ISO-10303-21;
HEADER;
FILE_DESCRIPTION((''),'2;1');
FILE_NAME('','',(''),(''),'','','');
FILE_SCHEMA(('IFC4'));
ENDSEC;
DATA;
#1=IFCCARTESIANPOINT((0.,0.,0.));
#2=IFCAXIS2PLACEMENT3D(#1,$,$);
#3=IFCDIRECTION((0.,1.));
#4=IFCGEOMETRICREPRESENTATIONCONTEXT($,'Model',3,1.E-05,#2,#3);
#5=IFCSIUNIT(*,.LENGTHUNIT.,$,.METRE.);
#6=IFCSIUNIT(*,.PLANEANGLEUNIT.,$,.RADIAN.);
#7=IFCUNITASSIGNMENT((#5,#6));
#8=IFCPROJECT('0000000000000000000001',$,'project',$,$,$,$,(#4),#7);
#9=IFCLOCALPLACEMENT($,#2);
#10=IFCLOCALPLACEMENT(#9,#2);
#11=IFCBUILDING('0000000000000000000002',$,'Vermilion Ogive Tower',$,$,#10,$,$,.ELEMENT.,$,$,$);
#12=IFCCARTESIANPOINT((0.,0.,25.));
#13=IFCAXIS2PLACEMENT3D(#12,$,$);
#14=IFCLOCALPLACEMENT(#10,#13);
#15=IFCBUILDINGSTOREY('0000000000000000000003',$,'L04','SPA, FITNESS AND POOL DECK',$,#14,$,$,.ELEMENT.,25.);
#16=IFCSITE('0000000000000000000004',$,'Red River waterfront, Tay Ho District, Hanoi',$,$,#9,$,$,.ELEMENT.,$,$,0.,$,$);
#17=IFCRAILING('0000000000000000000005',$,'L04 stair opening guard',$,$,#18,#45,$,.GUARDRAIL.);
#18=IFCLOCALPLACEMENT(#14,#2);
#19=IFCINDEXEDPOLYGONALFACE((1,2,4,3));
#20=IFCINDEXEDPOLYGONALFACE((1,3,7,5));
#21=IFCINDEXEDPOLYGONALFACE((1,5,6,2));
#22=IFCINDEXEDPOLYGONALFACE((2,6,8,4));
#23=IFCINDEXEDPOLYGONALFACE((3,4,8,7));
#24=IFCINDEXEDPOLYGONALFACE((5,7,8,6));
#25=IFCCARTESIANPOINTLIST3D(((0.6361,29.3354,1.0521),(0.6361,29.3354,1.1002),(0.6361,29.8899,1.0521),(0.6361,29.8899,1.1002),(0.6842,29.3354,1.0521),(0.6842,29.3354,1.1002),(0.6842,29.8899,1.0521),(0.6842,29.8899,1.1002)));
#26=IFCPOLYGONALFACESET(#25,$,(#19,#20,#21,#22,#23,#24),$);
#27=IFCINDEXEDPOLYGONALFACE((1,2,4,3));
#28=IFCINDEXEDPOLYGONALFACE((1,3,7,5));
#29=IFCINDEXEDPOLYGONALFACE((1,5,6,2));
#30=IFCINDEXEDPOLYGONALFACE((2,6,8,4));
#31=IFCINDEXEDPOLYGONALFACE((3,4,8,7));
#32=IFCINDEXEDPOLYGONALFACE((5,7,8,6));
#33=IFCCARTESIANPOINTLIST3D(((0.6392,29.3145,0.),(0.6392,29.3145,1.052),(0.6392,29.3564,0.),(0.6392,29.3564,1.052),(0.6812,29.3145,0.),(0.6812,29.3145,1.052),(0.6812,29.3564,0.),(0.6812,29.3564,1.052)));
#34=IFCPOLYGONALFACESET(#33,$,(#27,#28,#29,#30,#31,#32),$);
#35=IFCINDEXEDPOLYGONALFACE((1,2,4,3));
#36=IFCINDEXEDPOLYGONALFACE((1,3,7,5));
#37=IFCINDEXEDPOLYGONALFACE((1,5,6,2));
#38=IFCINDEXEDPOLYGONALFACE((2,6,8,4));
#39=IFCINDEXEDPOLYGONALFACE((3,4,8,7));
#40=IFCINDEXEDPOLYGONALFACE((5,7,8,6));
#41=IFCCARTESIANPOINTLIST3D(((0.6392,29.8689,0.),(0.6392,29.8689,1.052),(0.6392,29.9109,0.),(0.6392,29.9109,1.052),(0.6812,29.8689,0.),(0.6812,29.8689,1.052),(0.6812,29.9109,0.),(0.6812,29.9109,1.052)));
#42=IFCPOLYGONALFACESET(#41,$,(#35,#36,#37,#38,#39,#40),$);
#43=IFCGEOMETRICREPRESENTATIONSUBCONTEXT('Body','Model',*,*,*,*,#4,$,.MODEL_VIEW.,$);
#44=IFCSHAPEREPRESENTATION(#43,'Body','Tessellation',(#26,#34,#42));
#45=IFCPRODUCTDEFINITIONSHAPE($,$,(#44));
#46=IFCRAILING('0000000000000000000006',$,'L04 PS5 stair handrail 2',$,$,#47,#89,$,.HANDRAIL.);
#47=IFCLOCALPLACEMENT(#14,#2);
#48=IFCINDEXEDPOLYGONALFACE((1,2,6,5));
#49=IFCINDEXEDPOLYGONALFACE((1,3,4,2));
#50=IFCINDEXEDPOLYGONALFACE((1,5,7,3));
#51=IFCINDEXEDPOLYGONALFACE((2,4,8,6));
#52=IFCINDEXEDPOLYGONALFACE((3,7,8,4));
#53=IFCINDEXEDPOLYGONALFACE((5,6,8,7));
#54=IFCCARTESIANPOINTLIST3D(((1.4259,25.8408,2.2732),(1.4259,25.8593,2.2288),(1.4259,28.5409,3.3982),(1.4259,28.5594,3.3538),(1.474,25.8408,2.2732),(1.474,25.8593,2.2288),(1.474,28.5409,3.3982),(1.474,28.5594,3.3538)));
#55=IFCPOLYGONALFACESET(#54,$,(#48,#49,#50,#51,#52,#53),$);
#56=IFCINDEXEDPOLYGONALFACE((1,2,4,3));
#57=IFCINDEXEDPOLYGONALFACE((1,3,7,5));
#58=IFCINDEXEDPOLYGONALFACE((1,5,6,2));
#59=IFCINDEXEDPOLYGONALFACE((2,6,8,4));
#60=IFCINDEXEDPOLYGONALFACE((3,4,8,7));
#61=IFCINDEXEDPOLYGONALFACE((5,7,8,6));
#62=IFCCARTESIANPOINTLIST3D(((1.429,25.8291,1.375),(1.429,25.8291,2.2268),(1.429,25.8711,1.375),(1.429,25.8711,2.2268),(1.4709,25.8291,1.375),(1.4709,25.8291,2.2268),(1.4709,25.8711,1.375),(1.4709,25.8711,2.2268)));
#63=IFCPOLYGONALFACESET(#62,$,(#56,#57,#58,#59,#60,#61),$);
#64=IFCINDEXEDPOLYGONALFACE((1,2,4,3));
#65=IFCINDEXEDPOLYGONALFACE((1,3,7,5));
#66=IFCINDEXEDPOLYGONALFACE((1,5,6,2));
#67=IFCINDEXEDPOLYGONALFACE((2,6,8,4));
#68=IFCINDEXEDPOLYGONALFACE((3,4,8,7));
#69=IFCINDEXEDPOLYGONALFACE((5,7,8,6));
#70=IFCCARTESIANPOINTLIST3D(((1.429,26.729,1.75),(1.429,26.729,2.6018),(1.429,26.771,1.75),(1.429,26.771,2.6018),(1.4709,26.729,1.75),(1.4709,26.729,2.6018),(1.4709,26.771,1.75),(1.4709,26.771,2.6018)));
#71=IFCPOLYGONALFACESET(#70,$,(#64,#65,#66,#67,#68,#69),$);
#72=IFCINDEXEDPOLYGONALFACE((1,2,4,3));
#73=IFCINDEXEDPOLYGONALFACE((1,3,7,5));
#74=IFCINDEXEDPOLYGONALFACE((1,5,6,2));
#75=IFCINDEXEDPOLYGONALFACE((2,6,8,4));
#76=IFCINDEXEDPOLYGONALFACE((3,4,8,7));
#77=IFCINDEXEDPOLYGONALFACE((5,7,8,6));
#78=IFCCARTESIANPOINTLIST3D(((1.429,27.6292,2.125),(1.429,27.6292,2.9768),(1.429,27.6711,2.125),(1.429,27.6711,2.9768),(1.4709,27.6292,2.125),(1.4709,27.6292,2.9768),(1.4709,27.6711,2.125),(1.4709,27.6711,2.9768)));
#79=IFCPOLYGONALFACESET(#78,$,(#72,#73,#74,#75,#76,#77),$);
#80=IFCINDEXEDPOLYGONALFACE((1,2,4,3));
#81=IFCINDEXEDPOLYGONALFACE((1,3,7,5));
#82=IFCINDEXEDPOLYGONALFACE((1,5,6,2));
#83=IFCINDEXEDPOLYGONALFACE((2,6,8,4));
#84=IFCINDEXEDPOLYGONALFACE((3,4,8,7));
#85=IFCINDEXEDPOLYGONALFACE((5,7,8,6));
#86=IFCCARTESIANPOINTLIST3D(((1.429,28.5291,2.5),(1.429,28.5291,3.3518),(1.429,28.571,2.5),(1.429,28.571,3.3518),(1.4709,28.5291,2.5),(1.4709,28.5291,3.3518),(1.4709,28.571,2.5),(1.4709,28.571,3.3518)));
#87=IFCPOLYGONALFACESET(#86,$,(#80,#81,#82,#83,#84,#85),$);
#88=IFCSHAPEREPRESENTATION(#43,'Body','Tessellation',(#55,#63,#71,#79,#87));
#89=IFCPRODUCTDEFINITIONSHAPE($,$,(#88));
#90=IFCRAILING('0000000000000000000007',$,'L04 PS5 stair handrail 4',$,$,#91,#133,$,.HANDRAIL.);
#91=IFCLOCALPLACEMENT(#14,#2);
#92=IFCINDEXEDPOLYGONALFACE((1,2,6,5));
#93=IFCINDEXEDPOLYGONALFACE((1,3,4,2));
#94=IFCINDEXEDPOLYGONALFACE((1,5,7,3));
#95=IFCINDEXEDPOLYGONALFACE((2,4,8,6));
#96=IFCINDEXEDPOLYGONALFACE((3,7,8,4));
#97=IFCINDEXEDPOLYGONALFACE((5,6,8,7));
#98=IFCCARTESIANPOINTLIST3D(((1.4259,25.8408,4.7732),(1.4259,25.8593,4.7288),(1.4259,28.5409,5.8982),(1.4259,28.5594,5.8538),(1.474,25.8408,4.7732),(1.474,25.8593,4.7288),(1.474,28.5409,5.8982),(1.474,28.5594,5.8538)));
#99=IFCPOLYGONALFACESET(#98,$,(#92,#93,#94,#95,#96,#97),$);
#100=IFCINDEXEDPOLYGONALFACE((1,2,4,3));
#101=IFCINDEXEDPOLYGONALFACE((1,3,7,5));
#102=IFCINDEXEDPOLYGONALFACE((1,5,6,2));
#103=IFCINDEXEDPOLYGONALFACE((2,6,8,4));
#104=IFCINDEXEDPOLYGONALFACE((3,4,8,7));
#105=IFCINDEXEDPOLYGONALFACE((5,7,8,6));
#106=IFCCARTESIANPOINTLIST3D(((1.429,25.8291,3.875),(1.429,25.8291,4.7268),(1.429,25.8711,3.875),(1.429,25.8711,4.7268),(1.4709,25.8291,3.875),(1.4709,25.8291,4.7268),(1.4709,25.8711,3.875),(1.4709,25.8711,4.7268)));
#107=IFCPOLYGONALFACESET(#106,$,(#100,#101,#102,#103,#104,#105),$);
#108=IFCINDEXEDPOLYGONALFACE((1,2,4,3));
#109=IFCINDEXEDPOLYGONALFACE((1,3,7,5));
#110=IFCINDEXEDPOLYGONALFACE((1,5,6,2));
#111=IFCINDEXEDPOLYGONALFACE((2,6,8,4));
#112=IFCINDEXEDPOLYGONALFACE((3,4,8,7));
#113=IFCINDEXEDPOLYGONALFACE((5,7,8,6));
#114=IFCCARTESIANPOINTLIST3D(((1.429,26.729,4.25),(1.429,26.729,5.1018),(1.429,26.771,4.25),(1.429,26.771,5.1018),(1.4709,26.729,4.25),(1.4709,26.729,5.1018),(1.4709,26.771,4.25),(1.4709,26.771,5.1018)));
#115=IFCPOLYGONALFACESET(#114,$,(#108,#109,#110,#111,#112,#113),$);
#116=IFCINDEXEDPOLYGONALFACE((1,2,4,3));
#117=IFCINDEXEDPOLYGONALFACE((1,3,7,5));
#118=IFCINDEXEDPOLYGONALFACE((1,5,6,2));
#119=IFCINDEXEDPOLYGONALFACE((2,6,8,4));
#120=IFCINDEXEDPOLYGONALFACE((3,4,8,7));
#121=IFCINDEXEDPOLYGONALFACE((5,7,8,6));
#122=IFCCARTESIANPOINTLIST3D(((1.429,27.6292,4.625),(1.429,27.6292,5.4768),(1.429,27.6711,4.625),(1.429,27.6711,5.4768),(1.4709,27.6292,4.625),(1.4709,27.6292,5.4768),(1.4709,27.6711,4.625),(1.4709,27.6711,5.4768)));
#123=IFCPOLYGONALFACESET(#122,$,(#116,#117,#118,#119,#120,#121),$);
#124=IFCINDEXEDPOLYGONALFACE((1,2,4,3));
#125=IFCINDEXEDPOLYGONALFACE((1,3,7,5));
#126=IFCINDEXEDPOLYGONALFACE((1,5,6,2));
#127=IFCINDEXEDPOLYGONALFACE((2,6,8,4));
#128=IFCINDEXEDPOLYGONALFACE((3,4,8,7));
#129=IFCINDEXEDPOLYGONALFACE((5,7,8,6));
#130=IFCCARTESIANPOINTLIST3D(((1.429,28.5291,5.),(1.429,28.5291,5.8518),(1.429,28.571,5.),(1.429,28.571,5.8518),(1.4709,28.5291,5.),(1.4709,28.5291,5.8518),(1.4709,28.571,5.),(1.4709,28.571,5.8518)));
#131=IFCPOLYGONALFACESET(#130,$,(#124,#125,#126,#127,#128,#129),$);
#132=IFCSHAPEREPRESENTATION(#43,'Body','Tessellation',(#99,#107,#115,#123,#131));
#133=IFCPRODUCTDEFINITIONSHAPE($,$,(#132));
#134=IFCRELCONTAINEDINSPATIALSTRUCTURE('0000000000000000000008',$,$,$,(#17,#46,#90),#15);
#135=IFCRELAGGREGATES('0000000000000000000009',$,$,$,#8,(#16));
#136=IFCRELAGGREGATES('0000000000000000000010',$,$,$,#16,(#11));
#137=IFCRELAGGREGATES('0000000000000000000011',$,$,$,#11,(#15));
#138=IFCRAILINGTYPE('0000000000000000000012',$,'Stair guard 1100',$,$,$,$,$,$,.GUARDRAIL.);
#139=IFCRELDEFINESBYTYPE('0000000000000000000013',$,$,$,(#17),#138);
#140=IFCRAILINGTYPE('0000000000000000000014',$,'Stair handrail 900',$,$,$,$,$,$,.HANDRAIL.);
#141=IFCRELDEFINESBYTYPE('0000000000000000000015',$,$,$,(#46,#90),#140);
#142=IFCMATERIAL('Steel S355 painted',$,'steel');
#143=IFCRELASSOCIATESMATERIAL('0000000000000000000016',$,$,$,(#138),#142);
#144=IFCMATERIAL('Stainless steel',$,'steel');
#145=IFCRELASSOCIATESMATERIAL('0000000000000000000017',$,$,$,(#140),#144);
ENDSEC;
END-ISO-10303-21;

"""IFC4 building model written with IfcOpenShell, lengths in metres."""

from ifc_helpers import new_model, si_unit, direction, frame, origin, origin_2d, place, context, subcontext, project, spatial, rectangle, extrude, material, type_object, element, save


model = new_model("IFC4")

# Units and contexts
model_context = context("Model", 3, precision=1e-05, world=origin(), true_north=direction((0.0, 1.0)))
body_context = subcontext(model_context, "Body", "Model", "MODEL_VIEW")
ifc_project = project(units=[si_unit("LENGTHUNIT", "METRE"), si_unit("PLANEANGLEUNIT", "RADIAN")], contexts=[model_context])

# Site, building, storey
site_placement = place(None, origin())
site = spatial("IfcSite", under=ifc_project, at=site_placement, Name="Red River waterfront, Tay Ho District, Hanoi", CompositionType="ELEMENT", RefElevation=0.0)
building_placement = place(site_placement, origin())
building = spatial("IfcBuilding", under=site, at=building_placement, Name="Vermilion Ogive Tower", CompositionType="ELEMENT")
storey_placement = place(building_placement, frame((0.0, 0.0, 25.0)))
storey = spatial("IfcBuildingStorey", under=building, at=storey_placement, Name="L04", Description="SPA, FITNESS AND POOL DECK", CompositionType="ELEMENT", Elevation=25.0)

# Railings
ifc_material_1 = material(Name="Steel S355 painted", Category="steel")
railing_type_1 = type_object("IfcRailingType", Name="Stair guard 1100", PredefinedType="GUARDRAIL", material=ifc_material_1)
railing_1_placement = place(storey_placement, frame((0.6602, 29.3354, 0.0)))
element("IfcRailing", 1, at=railing_1_placement, inside=storey, type_object=railing_type_1, Name="L04 stair opening guard", PredefinedType="GUARDRAIL", context=body_context, shape_type="SweptSolid", body=[
    extrude(rectangle(XDim=0.0481, YDim=0.0481, at=origin_2d()), frame((0.0, 0.0, 1.0762), z_axis=(0.0, 1.0, 0.0), x_axis=(-1.0, 0.0, 0.0)), (0.0, 0.0, 1.0), 0.5544),
    extrude(rectangle(XDim=0.042, YDim=0.042, at=origin_2d()), origin(), (0.0, 0.0, 1.0), 1.052),
    extrude(rectangle(XDim=0.042, YDim=0.042, at=origin_2d()), frame((0.0, 0.5544, 0.0)), (0.0, 0.0, 1.0), 1.052),
])
ifc_material_2 = material(Name="Stainless steel", Category="steel")
railing_type_2 = type_object("IfcRailingType", Name="Stair handrail 900", PredefinedType="HANDRAIL", material=ifc_material_2)
for number, where, name in (
    (2, (1.45, 25.8501, 1.375), "L04 PS5 stair handrail 2"),
    (3, (1.45, 25.8501, 3.875), "L04 PS5 stair handrail 4"),
):
    element("IfcRailing", number, at=place(storey_placement, frame(where)), inside=storey, type_object=railing_type_2, Name=name, PredefinedType="HANDRAIL", context=body_context, shape_type="SweptSolid", body=[
        extrude(rectangle(XDim=0.0481, YDim=0.0481, at=origin_2d()), frame((0.0, 0.0, 0.876), z_axis=(0.0, 0.923074, 0.384621), x_axis=(-1.0, 0.0, 0.0)), (0.0, 0.0, 1.0), 2.925),
        extrude(rectangle(XDim=0.042, YDim=0.042, at=origin_2d()), origin(), (0.0, 0.0, 1.0), 0.8518),
        extrude(rectangle(XDim=0.042, YDim=0.042, at=origin_2d()), frame((0.0, 0.8999, 0.375)), (0.0, 0.0, 1.0), 0.8518),
        extrude(rectangle(XDim=0.042, YDim=0.042, at=origin_2d()), frame((0.0, 1.8, 0.75)), (0.0, 0.0, 1.0), 0.8518),
        extrude(rectangle(XDim=0.042, YDim=0.042, at=origin_2d()), frame((0.0, 2.7, 1.125)), (0.0, 0.0, 1.0), 0.8518),
    ])

save(model, "model.ifc")
